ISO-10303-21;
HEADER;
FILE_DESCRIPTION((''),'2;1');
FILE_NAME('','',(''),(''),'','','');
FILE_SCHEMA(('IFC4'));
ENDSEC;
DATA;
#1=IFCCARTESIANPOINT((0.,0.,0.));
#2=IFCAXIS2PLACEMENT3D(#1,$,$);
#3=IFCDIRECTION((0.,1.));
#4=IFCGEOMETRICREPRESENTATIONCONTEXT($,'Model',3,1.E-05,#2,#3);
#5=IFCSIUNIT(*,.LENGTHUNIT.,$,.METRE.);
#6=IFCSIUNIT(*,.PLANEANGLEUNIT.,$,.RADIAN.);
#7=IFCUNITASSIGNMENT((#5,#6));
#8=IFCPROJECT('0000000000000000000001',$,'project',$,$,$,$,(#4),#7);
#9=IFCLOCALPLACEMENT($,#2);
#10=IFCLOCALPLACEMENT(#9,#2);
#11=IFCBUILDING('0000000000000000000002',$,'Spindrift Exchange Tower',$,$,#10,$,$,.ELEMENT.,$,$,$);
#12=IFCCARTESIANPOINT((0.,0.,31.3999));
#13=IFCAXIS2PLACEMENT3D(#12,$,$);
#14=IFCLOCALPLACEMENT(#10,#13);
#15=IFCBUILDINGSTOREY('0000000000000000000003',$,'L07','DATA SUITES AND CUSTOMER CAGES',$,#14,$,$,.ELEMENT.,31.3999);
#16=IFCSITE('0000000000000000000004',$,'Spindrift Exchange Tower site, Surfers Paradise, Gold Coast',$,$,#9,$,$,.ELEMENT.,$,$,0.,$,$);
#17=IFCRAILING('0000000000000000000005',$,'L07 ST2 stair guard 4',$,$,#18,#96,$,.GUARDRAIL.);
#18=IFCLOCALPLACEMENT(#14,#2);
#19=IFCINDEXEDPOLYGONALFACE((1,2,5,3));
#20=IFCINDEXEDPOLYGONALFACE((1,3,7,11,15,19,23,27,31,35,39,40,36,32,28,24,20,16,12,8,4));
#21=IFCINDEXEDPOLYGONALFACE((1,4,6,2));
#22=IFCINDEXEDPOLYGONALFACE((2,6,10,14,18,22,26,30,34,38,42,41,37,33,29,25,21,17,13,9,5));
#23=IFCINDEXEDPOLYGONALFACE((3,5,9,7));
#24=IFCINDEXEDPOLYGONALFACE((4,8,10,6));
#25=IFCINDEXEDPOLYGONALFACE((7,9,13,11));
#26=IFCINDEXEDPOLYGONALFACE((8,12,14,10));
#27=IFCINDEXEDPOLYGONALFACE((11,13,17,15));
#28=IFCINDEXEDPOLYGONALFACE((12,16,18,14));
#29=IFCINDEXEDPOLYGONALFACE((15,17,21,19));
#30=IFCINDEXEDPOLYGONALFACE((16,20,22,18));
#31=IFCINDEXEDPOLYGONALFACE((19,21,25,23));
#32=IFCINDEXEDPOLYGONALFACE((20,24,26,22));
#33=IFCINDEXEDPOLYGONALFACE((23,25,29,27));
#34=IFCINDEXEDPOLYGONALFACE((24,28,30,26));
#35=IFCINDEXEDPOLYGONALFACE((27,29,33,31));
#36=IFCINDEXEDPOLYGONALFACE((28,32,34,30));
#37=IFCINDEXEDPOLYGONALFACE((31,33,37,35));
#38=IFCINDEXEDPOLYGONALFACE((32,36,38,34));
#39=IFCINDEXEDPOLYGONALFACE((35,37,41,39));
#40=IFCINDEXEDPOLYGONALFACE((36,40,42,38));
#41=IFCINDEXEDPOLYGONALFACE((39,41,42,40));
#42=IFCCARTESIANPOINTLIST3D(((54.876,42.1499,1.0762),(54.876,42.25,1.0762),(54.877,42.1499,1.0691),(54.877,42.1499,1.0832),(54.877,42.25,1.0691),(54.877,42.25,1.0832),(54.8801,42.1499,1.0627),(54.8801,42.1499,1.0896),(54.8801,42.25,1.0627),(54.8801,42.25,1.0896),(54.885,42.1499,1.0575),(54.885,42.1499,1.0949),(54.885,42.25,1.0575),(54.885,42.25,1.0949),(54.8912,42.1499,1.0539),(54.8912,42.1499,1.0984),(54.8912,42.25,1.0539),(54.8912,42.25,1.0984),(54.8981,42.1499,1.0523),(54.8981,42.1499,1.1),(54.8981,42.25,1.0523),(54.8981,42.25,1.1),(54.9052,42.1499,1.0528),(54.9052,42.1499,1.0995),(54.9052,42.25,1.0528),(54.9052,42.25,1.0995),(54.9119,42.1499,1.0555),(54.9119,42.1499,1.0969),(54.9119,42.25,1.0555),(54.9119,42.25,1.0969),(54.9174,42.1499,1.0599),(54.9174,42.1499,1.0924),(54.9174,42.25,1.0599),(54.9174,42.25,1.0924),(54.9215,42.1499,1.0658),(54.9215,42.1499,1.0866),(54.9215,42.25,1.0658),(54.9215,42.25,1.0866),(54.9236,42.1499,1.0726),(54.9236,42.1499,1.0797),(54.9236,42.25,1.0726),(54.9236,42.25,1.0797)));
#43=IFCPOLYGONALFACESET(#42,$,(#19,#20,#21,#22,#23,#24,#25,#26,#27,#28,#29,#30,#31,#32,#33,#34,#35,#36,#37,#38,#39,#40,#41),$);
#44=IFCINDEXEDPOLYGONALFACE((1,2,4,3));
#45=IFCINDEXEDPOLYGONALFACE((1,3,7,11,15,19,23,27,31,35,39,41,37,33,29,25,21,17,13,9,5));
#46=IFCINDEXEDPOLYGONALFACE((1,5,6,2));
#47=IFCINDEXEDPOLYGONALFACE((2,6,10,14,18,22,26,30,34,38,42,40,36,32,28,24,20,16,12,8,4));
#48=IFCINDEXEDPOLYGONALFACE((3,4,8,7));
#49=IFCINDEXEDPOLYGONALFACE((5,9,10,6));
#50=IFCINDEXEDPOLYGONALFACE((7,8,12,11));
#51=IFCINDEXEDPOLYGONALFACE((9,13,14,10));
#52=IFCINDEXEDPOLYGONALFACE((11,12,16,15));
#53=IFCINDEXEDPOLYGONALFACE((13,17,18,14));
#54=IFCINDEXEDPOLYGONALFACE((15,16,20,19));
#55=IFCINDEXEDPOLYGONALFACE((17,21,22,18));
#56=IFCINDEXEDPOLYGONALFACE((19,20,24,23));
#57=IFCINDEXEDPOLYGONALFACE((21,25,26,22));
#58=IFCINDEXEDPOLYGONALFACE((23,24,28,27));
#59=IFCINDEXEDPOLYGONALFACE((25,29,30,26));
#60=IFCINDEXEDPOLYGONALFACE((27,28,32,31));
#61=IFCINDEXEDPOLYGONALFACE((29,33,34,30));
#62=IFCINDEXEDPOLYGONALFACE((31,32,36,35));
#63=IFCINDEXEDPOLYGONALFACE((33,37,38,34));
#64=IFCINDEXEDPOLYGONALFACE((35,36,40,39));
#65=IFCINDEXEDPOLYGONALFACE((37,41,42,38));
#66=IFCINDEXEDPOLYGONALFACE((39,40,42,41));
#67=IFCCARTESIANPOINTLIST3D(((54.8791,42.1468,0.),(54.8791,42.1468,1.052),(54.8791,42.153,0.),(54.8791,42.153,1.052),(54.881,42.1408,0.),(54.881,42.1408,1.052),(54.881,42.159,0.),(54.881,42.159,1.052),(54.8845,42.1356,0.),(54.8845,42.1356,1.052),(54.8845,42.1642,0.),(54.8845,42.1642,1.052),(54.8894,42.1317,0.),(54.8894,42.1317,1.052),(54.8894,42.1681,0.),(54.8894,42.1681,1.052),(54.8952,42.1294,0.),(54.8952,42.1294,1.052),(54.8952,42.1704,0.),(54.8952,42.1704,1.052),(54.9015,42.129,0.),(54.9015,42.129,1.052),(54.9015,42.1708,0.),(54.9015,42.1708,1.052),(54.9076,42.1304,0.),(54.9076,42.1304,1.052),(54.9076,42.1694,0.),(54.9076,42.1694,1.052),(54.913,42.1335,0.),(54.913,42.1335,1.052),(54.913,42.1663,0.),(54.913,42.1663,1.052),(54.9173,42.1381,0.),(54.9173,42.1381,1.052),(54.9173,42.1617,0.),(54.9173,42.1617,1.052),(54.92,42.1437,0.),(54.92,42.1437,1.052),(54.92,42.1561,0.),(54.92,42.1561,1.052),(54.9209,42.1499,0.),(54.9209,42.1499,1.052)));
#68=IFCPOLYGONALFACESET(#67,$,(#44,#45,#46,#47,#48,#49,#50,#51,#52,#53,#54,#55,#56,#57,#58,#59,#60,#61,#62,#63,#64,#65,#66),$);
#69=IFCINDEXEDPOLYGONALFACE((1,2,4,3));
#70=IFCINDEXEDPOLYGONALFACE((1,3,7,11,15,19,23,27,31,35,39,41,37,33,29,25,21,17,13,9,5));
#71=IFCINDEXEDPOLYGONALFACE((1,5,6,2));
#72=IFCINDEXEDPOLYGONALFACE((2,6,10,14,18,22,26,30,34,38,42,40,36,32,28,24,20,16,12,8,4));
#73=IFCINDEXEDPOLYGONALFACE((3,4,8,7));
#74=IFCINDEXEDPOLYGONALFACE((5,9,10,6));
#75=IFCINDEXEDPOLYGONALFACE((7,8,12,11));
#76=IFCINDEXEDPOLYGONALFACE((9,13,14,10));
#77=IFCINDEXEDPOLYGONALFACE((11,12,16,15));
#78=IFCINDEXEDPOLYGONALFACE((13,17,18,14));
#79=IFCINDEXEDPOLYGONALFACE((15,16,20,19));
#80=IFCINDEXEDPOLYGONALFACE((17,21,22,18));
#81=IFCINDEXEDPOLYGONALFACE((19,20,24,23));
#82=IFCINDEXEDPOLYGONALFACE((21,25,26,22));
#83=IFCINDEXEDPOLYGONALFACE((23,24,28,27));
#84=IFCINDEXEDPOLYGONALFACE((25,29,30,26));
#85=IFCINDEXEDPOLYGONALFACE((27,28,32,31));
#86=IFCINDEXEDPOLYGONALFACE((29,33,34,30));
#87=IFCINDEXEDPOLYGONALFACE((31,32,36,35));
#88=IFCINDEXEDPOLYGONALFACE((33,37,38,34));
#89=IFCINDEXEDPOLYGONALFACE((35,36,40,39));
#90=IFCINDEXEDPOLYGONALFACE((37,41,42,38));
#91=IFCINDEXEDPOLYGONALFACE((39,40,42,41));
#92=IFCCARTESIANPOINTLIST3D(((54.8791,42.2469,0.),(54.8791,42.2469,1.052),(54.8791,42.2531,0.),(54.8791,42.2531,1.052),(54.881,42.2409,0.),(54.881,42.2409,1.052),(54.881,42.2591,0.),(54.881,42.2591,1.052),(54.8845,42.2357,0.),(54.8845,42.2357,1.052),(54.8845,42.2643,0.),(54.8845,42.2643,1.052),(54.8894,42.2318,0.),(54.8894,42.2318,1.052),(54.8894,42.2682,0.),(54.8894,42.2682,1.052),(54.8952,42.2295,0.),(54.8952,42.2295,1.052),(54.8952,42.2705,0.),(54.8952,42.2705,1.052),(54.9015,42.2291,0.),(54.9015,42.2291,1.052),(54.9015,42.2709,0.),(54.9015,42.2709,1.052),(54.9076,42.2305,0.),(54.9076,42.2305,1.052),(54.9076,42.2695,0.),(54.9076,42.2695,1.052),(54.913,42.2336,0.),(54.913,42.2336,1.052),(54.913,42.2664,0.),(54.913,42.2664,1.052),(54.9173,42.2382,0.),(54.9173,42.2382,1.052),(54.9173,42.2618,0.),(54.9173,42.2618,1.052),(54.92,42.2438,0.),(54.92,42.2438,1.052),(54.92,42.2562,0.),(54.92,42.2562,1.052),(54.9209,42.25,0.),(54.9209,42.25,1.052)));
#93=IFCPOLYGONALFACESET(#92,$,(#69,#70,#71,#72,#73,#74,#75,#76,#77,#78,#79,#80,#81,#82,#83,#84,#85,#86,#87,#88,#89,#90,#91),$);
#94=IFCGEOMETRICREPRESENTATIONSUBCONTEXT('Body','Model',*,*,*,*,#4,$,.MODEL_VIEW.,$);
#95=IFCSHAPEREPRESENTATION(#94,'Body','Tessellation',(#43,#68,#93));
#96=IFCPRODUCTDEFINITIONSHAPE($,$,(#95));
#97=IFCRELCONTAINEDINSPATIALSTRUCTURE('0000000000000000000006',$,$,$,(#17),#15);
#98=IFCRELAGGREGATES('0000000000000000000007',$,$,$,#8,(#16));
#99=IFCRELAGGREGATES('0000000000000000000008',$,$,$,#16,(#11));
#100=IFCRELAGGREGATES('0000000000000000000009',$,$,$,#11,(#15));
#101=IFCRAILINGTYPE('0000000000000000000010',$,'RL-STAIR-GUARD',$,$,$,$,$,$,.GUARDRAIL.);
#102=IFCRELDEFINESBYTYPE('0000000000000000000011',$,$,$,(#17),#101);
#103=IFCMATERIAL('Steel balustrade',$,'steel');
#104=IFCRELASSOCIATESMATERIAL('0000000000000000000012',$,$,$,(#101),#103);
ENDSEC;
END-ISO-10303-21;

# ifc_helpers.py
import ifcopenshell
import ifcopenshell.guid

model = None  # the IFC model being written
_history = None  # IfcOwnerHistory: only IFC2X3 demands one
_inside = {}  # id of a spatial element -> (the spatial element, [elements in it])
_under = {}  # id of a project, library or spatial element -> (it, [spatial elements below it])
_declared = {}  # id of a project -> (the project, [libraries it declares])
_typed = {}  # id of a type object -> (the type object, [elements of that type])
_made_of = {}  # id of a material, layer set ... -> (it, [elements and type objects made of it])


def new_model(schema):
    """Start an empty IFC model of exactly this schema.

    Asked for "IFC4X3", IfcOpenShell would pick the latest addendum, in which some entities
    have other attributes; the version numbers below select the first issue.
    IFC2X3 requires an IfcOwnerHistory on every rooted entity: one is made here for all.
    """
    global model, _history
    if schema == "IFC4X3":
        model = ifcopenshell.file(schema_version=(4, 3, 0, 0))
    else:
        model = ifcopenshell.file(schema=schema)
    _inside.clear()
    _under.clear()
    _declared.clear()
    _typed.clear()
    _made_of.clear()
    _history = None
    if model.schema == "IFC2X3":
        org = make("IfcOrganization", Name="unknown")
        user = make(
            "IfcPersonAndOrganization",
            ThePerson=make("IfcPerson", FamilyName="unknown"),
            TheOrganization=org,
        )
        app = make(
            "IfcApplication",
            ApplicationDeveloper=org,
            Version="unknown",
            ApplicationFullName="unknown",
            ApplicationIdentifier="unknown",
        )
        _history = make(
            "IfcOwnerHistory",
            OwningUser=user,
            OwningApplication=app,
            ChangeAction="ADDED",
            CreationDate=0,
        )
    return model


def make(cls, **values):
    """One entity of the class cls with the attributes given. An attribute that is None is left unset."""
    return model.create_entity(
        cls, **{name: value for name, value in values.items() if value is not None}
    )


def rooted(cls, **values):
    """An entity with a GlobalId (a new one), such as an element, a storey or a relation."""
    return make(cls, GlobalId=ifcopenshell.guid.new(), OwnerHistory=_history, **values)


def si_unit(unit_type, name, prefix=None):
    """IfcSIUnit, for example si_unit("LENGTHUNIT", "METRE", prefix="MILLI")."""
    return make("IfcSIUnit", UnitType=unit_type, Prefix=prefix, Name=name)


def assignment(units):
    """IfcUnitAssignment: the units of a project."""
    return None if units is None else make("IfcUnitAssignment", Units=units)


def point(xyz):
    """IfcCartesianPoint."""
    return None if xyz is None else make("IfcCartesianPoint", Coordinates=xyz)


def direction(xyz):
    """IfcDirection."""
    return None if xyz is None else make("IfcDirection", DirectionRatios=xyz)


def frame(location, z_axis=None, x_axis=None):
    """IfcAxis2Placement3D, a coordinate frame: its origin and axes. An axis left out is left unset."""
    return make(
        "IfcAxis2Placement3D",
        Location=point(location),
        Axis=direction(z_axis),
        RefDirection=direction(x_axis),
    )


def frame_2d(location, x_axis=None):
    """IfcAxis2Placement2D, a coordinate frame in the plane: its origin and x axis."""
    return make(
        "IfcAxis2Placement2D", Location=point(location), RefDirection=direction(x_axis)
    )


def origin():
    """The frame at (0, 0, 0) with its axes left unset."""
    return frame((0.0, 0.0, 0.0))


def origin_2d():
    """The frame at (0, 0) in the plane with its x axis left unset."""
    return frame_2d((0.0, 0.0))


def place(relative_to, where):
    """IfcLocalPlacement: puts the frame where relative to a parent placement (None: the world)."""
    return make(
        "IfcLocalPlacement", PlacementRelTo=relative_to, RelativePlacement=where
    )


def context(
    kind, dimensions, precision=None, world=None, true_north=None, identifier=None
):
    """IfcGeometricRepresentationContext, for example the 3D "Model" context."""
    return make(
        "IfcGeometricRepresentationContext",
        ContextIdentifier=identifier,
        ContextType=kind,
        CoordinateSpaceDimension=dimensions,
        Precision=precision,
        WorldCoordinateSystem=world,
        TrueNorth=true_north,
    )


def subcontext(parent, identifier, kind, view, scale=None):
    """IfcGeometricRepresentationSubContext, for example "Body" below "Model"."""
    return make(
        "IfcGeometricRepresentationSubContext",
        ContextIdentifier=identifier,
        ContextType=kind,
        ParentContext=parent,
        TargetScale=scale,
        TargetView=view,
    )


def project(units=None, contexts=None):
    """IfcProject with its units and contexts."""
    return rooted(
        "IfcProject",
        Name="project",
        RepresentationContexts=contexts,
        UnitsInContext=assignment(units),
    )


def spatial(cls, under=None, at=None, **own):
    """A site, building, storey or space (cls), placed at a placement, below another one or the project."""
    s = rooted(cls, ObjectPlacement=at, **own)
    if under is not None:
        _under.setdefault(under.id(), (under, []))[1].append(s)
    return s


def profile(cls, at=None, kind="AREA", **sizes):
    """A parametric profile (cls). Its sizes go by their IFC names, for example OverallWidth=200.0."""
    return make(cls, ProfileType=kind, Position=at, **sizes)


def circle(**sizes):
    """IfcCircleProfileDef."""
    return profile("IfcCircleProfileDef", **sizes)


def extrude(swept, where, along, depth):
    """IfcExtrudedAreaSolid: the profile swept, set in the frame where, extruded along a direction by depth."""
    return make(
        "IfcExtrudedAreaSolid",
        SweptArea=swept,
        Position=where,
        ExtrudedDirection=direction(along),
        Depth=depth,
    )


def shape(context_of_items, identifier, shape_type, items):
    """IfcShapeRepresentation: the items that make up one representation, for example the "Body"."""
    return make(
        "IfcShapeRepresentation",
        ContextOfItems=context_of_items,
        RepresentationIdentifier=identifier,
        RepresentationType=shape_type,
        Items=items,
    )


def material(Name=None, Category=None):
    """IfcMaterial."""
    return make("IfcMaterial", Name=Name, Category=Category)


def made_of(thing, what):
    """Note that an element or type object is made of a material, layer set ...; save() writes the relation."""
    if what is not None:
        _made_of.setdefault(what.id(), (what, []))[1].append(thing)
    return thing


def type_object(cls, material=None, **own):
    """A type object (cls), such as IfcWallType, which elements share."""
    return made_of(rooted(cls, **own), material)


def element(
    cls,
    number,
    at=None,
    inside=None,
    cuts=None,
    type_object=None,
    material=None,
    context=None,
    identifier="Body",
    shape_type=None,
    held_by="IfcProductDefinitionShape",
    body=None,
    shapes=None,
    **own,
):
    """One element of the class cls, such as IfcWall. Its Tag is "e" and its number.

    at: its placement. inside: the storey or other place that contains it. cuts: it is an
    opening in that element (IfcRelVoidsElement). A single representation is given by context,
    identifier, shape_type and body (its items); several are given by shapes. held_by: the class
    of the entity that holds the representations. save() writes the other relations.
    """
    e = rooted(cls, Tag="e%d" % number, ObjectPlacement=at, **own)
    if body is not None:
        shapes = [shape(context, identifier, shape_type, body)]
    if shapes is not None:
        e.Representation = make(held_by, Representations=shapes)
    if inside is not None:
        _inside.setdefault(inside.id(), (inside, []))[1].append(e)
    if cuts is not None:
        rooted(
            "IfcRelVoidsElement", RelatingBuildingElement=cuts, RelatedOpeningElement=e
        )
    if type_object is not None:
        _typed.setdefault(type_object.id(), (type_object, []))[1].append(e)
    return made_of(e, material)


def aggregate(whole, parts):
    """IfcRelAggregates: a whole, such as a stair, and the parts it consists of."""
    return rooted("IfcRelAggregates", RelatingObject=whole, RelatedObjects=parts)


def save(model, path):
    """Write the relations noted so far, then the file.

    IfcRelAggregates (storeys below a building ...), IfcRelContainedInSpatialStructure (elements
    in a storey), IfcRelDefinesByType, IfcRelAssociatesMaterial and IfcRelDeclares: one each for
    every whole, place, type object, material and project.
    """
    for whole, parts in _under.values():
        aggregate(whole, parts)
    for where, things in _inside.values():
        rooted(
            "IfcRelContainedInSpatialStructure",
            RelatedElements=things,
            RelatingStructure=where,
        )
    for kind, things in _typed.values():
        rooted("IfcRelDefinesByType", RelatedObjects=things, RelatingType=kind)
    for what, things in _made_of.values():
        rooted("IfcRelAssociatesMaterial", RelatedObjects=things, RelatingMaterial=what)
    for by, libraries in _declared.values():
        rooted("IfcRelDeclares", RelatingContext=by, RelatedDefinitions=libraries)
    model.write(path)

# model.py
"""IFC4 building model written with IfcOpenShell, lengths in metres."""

from ifc_helpers import new_model, si_unit, direction, frame, origin, origin_2d, place, context, subcontext, project, spatial, circle, extrude, material, type_object, element, save


model = new_model("IFC4")

# Units and contexts
model_context = context("Model", 3, precision=1e-05, world=origin(), true_north=direction((0.0, 1.0)))
body_context = subcontext(model_context, "Body", "Model", "MODEL_VIEW")
ifc_project = project(units=[si_unit("LENGTHUNIT", "METRE"), si_unit("PLANEANGLEUNIT", "RADIAN")], contexts=[model_context])

# Site, building, storey
site_placement = place(None, origin())
site = spatial("IfcSite", under=ifc_project, at=site_placement, Name="Spindrift Exchange Tower site, Surfers Paradise, Gold Coast", CompositionType="ELEMENT", RefElevation=0.0)
building_placement = place(site_placement, origin())
building = spatial("IfcBuilding", under=site, at=building_placement, Name="Spindrift Exchange Tower", CompositionType="ELEMENT")
storey_placement = place(building_placement, frame((0.0, 0.0, 31.3999)))
storey = spatial("IfcBuildingStorey", under=building, at=storey_placement, Name="L07", Description="DATA SUITES AND CUSTOMER CAGES", CompositionType="ELEMENT", Elevation=31.3999)

# Railing
ifc_material_1 = material(Name="Steel balustrade", Category="steel")
railing_type_1 = type_object("IfcRailingType", Name="RL-STAIR-GUARD", PredefinedType="GUARDRAIL", material=ifc_material_1)
railing_1_placement = place(storey_placement, frame((54.8999, 42.1499, 0.0)))
element("IfcRailing", 1, at=railing_1_placement, inside=storey, type_object=railing_type_1, Name="L07 ST2 stair guard 4", PredefinedType="GUARDRAIL", context=body_context, shape_type="SweptSolid", body=[
    extrude(circle(Radius=0.0239, at=origin_2d()), frame((0.0, 0.0, 1.0762), z_axis=(0.0, 1.0, 0.0), x_axis=(-1.0, 0.0, 0.0)), (0.0, 0.0, 1.0), 0.1001),
    extrude(circle(Radius=0.021, at=origin_2d()), origin(), (0.0, 0.0, 1.0), 1.052),
    extrude(circle(Radius=0.021, at=origin_2d()), frame((0.0, 0.1001, 0.0)), (0.0, 0.0, 1.0), 1.052),
])

save(model, "model.ifc")
